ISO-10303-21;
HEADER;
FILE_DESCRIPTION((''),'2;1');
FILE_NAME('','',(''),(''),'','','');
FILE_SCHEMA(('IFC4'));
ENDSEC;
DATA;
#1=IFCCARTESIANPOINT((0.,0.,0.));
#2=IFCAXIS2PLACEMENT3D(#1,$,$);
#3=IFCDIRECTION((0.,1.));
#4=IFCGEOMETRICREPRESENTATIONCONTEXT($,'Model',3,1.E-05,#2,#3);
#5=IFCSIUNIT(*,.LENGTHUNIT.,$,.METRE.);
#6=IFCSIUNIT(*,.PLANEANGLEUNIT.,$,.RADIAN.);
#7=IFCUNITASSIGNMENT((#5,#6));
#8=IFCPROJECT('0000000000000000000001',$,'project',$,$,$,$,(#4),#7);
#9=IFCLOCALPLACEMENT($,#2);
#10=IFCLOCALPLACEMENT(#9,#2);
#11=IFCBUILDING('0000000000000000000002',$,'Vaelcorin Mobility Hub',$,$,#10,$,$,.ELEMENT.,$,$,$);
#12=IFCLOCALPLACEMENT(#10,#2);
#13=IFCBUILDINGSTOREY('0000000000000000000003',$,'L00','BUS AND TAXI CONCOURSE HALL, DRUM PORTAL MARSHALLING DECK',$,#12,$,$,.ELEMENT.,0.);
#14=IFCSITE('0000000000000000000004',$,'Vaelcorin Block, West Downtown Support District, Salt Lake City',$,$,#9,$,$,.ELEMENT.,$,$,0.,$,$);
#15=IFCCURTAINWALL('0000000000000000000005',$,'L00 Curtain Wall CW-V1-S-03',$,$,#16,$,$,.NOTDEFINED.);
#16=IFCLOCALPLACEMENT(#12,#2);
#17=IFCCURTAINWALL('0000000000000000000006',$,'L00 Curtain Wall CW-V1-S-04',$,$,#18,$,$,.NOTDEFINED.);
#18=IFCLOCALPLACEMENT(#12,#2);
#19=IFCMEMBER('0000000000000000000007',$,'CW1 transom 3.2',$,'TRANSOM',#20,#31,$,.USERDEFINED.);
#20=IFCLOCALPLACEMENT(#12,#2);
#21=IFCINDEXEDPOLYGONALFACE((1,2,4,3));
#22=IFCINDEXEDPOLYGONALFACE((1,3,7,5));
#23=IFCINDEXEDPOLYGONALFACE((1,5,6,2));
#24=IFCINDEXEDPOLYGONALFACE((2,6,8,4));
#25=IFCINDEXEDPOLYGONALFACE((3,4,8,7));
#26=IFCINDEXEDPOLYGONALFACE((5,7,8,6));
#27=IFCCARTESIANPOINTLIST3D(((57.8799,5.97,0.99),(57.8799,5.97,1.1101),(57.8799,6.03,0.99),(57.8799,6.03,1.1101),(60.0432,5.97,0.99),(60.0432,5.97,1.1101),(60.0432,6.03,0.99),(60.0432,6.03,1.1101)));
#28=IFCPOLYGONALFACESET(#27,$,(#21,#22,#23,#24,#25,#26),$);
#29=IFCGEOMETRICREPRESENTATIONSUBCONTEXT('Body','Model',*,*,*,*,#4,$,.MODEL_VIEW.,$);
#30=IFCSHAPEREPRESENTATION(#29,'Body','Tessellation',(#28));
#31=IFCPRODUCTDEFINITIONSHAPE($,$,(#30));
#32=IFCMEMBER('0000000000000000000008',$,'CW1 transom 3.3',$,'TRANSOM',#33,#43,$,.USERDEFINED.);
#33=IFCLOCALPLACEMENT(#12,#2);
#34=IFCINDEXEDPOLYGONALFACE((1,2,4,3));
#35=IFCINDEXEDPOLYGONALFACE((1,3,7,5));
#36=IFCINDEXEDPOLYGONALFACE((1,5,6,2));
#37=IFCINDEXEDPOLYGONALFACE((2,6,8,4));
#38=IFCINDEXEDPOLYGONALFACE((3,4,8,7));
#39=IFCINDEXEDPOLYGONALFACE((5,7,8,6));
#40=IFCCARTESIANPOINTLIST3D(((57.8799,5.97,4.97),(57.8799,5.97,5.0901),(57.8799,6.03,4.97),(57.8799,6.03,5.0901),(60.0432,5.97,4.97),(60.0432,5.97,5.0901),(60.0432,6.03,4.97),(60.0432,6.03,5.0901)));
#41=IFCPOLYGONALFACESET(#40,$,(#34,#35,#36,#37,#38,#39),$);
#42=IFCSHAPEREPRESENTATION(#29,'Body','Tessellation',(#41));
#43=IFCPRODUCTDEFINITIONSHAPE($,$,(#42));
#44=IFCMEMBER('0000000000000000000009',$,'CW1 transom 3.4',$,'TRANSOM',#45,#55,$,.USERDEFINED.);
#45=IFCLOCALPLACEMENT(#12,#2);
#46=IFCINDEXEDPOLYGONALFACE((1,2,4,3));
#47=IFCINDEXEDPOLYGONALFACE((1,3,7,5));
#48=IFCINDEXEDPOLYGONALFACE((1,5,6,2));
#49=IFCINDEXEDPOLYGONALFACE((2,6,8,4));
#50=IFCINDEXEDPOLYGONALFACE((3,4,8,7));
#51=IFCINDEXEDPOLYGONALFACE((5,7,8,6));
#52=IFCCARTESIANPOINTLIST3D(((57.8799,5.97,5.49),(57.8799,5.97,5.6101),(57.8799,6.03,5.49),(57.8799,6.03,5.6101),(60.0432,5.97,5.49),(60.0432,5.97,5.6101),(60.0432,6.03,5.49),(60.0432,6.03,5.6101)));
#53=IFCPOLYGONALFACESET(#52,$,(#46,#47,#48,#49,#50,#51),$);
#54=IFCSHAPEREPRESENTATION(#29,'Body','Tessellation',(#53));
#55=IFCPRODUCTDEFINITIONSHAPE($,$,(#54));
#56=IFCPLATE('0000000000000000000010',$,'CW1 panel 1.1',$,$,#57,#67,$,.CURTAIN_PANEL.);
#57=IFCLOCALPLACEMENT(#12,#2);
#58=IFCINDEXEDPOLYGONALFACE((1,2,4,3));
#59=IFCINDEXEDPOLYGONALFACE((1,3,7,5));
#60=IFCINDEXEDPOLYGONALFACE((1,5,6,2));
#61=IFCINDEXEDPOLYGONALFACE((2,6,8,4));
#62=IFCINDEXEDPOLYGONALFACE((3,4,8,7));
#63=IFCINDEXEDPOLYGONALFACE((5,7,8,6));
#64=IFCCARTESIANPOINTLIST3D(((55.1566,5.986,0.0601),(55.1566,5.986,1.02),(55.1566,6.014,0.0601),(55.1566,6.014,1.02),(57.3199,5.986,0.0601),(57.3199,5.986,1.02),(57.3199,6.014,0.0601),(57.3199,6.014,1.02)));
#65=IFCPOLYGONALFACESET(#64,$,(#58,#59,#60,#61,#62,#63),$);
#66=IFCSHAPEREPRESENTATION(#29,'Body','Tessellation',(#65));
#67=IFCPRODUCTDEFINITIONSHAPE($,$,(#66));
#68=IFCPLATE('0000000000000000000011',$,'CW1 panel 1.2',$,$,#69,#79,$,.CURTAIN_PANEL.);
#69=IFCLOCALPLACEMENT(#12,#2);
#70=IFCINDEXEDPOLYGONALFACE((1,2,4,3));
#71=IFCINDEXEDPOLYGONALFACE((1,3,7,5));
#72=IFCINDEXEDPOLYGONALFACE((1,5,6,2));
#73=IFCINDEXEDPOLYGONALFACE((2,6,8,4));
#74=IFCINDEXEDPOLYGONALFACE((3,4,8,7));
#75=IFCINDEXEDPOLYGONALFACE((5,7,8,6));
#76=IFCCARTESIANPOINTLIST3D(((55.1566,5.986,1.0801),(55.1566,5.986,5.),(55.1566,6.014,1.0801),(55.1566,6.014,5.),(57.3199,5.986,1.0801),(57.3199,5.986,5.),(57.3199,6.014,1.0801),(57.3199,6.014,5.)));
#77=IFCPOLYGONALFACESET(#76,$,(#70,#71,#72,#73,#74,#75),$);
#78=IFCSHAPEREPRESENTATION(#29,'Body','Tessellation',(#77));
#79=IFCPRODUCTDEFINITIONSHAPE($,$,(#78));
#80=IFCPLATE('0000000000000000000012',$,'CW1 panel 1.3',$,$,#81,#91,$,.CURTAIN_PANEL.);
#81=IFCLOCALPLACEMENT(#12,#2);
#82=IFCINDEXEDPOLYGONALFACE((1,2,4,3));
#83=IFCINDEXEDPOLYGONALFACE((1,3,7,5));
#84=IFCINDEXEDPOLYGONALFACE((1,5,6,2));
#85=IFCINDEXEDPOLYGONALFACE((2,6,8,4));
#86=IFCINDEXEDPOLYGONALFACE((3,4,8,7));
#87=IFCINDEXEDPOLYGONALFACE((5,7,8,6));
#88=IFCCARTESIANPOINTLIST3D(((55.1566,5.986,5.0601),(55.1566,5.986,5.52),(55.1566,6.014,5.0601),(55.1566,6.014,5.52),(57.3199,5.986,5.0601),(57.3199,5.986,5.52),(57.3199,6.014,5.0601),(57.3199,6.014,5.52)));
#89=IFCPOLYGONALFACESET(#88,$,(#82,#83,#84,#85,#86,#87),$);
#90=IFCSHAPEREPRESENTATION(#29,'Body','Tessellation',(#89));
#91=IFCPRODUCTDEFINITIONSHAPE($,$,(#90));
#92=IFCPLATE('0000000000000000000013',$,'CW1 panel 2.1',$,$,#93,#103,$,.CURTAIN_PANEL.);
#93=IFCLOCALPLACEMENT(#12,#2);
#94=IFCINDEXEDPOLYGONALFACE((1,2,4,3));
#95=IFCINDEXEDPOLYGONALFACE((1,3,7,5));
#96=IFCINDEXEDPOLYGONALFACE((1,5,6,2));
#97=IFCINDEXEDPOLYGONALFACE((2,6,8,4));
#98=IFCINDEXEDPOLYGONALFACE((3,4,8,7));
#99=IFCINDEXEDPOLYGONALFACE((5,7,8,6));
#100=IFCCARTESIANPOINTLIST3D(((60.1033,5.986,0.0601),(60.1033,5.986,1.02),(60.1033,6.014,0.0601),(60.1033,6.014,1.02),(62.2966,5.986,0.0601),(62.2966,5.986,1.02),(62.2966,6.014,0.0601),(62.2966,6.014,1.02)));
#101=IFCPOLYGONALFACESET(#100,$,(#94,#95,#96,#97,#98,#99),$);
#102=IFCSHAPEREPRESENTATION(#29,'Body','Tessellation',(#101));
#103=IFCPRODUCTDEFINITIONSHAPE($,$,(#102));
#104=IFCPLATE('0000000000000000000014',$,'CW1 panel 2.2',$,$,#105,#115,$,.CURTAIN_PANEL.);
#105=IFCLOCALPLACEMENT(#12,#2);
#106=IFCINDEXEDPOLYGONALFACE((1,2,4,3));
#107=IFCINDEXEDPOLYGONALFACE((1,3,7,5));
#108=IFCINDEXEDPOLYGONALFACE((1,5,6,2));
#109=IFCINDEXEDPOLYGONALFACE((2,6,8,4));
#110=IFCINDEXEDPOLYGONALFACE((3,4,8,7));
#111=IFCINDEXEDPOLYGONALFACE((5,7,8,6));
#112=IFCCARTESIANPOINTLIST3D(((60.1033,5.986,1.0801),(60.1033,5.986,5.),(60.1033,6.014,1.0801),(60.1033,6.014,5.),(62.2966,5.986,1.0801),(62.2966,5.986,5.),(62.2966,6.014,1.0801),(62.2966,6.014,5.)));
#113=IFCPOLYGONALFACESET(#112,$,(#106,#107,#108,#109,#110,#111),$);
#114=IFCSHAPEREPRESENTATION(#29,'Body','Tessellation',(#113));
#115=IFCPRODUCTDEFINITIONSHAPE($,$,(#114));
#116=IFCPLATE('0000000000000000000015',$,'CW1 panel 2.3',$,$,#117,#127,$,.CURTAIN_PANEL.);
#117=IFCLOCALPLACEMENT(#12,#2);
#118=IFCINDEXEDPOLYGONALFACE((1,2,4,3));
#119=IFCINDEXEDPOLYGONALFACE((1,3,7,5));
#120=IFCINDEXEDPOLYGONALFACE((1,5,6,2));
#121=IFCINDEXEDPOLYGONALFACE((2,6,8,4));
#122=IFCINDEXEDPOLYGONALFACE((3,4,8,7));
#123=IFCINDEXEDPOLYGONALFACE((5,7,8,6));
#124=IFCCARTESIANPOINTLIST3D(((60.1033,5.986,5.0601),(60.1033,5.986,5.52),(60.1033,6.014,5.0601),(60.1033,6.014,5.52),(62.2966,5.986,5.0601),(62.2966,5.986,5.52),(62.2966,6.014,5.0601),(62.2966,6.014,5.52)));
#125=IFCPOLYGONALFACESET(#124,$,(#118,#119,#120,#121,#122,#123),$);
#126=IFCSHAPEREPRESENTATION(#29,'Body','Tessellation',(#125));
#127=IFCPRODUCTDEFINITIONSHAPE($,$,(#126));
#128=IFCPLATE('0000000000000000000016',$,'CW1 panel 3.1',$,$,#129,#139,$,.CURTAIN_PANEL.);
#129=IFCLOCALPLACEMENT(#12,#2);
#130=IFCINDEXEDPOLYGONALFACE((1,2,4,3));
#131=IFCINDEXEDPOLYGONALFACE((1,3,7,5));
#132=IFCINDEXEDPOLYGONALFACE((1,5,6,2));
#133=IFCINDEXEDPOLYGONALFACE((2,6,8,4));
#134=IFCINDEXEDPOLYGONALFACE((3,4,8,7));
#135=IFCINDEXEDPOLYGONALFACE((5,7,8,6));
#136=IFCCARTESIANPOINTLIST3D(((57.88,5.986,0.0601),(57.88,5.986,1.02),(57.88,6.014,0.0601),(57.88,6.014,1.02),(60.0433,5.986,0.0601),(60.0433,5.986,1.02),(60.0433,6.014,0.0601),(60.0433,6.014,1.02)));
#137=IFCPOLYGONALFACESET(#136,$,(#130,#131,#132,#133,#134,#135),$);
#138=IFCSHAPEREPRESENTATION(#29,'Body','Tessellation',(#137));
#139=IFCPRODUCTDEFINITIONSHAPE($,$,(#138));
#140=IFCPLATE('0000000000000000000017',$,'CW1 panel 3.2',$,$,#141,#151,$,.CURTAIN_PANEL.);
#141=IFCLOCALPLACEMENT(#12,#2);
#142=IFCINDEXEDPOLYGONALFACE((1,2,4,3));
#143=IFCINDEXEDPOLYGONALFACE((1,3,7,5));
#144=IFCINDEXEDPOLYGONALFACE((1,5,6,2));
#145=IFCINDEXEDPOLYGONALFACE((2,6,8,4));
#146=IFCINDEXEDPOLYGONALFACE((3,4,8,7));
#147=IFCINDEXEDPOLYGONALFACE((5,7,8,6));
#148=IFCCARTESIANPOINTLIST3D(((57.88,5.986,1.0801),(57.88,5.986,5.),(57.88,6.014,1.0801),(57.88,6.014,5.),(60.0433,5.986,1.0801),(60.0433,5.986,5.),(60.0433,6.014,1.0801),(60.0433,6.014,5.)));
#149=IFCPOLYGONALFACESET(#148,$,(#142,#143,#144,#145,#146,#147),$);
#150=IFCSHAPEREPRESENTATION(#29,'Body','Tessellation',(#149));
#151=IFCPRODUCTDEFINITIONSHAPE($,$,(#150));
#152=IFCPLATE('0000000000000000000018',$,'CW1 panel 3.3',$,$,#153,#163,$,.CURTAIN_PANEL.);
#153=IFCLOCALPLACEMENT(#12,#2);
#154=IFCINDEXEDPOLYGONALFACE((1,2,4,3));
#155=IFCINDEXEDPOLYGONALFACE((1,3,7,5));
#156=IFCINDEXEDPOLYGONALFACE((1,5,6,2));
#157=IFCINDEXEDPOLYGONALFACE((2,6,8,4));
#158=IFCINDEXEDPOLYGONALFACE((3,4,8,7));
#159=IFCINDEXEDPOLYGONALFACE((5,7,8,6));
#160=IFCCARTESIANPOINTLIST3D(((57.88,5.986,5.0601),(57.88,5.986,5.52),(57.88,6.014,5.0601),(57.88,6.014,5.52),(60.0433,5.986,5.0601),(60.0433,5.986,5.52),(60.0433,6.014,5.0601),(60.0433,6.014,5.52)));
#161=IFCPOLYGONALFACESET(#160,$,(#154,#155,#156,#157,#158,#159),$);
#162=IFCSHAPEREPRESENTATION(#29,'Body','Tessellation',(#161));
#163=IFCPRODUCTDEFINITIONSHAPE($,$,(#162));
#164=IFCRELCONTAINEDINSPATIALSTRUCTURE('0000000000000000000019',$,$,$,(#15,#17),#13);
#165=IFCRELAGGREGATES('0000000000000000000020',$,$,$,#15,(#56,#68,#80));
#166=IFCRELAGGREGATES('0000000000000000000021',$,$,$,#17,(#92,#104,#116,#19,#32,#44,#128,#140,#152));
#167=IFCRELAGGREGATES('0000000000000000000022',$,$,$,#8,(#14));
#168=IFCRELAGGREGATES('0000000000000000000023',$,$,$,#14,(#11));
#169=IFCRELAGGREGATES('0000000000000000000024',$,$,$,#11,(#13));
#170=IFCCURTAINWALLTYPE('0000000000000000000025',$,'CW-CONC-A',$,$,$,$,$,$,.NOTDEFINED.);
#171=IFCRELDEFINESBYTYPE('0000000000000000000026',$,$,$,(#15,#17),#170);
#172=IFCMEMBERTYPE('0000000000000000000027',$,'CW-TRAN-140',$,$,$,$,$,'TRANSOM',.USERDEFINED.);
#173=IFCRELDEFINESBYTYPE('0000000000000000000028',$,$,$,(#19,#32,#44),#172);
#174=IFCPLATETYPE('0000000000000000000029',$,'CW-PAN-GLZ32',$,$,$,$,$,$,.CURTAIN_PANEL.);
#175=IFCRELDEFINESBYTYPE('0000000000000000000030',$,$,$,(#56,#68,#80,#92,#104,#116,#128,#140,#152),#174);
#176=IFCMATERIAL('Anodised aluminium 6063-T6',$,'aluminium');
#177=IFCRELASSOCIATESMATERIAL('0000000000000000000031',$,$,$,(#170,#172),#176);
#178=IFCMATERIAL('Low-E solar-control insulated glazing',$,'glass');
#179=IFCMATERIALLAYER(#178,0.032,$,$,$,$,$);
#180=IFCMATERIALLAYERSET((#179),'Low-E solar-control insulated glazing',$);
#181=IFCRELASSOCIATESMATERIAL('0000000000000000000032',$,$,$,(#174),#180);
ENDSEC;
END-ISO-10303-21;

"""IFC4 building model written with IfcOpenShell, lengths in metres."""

from ifc_helpers import new_model, si_unit, direction, frame, origin, origin_2d, place, context, subcontext, project, spatial, rectangle, extrude, material, layer, layer_set, material_profile, profile_set, type_object, element, aggregate, save


model = new_model("IFC4")

# Units and contexts
model_context = context("Model", 3, precision=1e-05, world=origin(), true_north=direction((0.0, 1.0)))
body_context = subcontext(model_context, "Body", "Model", "MODEL_VIEW")
ifc_project = project(units=[si_unit("LENGTHUNIT", "METRE"), si_unit("PLANEANGLEUNIT", "RADIAN")], contexts=[model_context])

# Site, building, storey
site_placement = place(None, origin())
site = spatial("IfcSite", under=ifc_project, at=site_placement, Name="Vaelcorin Block, West Downtown Support District, Salt Lake City", CompositionType="ELEMENT", RefElevation=0.0)
building_placement = place(site_placement, origin())
building = spatial("IfcBuilding", under=site, at=building_placement, Name="Vaelcorin Mobility Hub", CompositionType="ELEMENT")
storey_placement = place(building_placement, origin())
storey = spatial("IfcBuildingStorey", under=building, at=storey_placement, Name="L00", Description="BUS AND TAXI CONCOURSE HALL, DRUM PORTAL MARSHALLING DECK", CompositionType="ELEMENT", Elevation=0.0)

# Curtain wall
ifc_material_1 = material(Name="Anodised aluminium 6063-T6", Category="aluminium")
curtain_wall_type = type_object("IfcCurtainWallType", Name="CW-CONC-A", PredefinedType="NOTDEFINED", material=ifc_material_1)
curtain_wall_1_placement = place(storey_placement, origin())
curtain_wall_1 = element("IfcCurtainWall", 1, at=curtain_wall_1_placement, inside=storey, type_object=curtain_wall_type, Name="L00 Curtain Wall CW-V1-S-03", PredefinedType="NOTDEFINED")

# Curtain wall
curtain_wall_2_placement = place(storey_placement, origin())
curtain_wall_2 = element("IfcCurtainWall", 2, at=curtain_wall_2_placement, inside=storey, type_object=curtain_wall_type, Name="L00 Curtain Wall CW-V1-S-04", PredefinedType="NOTDEFINED")

# Members
ifc_material_profile_1 = material_profile(ifc_material_1, rectangle(XDim=0.0601, YDim=0.1201, at=origin_2d()), Name="ALU-T60X120")
ifc_profile_set_1 = profile_set([ifc_material_profile_1], Name="Anodised aluminium 6063-T6")
member_type_1 = type_object("IfcMemberType", Name="CW-TRAN-140", ElementType="TRANSOM", PredefinedType="USERDEFINED", material=ifc_profile_set_1)
member_1_placement = place(storey_placement, frame((60.0432, 6.0, 1.05), z_axis=(-1.0, 0.0, 0.0), x_axis=(0.0, -1.0, 0.0)))
member_1 = element("IfcMember", 3, at=member_1_placement, type_object=member_type_1, Name="CW1 transom 3.2", ObjectType="TRANSOM", PredefinedType="USERDEFINED", context=body_context, shape_type="SweptSolid", body=[
    extrude(rectangle(XDim=0.0601, YDim=0.1201, at=origin_2d()), origin(), (0.0, 0.0, 1.0), 2.1633),
])
member_2_placement = place(storey_placement, frame((60.0432, 6.0, 5.03), z_axis=(-1.0, 0.0, 0.0), x_axis=(0.0, -1.0, 0.0)))
member_2 = element("IfcMember", 4, at=member_2_placement, type_object=member_type_1, Name="CW1 transom 3.3", ObjectType="TRANSOM", PredefinedType="USERDEFINED", context=body_context, shape_type="SweptSolid", body=[
    extrude(rectangle(XDim=0.0601, YDim=0.1201, at=origin_2d()), origin(), (0.0, 0.0, 1.0), 2.1633),
])
member_3_placement = place(storey_placement, frame((60.0432, 6.0, 5.55), z_axis=(-1.0, 0.0, 0.0), x_axis=(0.0, -1.0, 0.0)))
member_3 = element("IfcMember", 5, at=member_3_placement, type_object=member_type_1, Name="CW1 transom 3.4", ObjectType="TRANSOM", PredefinedType="USERDEFINED", context=body_context, shape_type="SweptSolid", body=[
    extrude(rectangle(XDim=0.0601, YDim=0.1201, at=origin_2d()), origin(), (0.0, 0.0, 1.0), 2.1633),
])

# Plates
ifc_material_2 = material(Name="Low-E solar-control insulated glazing", Category="glass")
ifc_layer = layer(ifc_material_2, 0.032)
ifc_layer_set = layer_set([ifc_layer], Name="Low-E solar-control insulated glazing")
plate_type = type_object("IfcPlateType", Name="CW-PAN-GLZ32", PredefinedType="CURTAIN_PANEL", material=ifc_layer_set)
plate_1_placement = place(storey_placement, frame((56.2383, 6.0, 0.0601), z_axis=(0.0, 0.0, 1.0), x_axis=(-1.0, 0.0, 0.0)))
plate_1 = element("IfcPlate", 6, at=plate_1_placement, type_object=plate_type, Name="CW1 panel 1.1", PredefinedType="CURTAIN_PANEL", context=body_context, shape_type="SweptSolid", body=[
    extrude(rectangle(XDim=2.1633, YDim=0.0281, at=origin_2d()), origin(), (0.0, 0.0, 1.0), 0.96),
])
plate_2_placement = place(storey_placement, frame((56.2383, 6.0, 1.0801), z_axis=(0.0, 0.0, 1.0), x_axis=(-1.0, 0.0, 0.0)))
plate_2 = element("IfcPlate", 7, at=plate_2_placement, type_object=plate_type, Name="CW1 panel 1.2", PredefinedType="CURTAIN_PANEL", context=body_context, shape_type="SweptSolid", body=[
    extrude(rectangle(XDim=2.1633, YDim=0.0281, at=origin_2d()), origin(), (0.0, 0.0, 1.0), 3.9199),
])
plate_3_placement = place(storey_placement, frame((56.2383, 6.0, 5.0601), z_axis=(0.0, 0.0, 1.0), x_axis=(-1.0, 0.0, 0.0)))
plate_3 = element("IfcPlate", 8, at=plate_3_placement, type_object=plate_type, Name="CW1 panel 1.3", PredefinedType="CURTAIN_PANEL", context=body_context, shape_type="SweptSolid", body=[
    extrude(rectangle(XDim=2.1633, YDim=0.0281, at=origin_2d()), origin(), (0.0, 0.0, 1.0), 0.46),
])
aggregate(curtain_wall_1, [plate_1, plate_2, plate_3])
plate_4_placement = place(storey_placement, frame((61.2, 6.0, 0.0601), z_axis=(0.0, 0.0, 1.0), x_axis=(-1.0, 0.0, 0.0)))
plate_4 = element("IfcPlate", 9, at=plate_4_placement, type_object=plate_type, Name="CW1 panel 2.1", PredefinedType="CURTAIN_PANEL", context=body_context, shape_type="SweptSolid", body=[
    extrude(rectangle(XDim=2.1934, YDim=0.0281, at=origin_2d()), origin(), (0.0, 0.0, 1.0), 0.96),
])
plate_5_placement = place(storey_placement, frame((61.2, 6.0, 1.0801), z_axis=(0.0, 0.0, 1.0), x_axis=(-1.0, 0.0, 0.0)))
plate_5 = element("IfcPlate", 10, at=plate_5_placement, type_object=plate_type, Name="CW1 panel 2.2", PredefinedType="CURTAIN_PANEL", context=body_context, shape_type="SweptSolid", body=[
    extrude(rectangle(XDim=2.1934, YDim=0.0281, at=origin_2d()), origin(), (0.0, 0.0, 1.0), 3.9199),
])
plate_6_placement = place(storey_placement, frame((61.2, 6.0, 5.0601), z_axis=(0.0, 0.0, 1.0), x_axis=(-1.0, 0.0, 0.0)))
plate_6 = element("IfcPlate", 11, at=plate_6_placement, type_object=plate_type, Name="CW1 panel 2.3", PredefinedType="CURTAIN_PANEL", context=body_context, shape_type="SweptSolid", body=[
    extrude(rectangle(XDim=2.1934, YDim=0.0281, at=origin_2d()), origin(), (0.0, 0.0, 1.0), 0.46),
])
plate_7_placement = place(storey_placement, frame((58.9617, 6.0, 0.0601), z_axis=(0.0, 0.0, 1.0), x_axis=(-1.0, 0.0, 0.0)))
plate_7 = element("IfcPlate", 12, at=plate_7_placement, type_object=plate_type, Name="CW1 panel 3.1", PredefinedType="CURTAIN_PANEL", context=body_context, shape_type="SweptSolid", body=[
    extrude(rectangle(XDim=2.1633, YDim=0.0281, at=origin_2d()), origin(), (0.0, 0.0, 1.0), 0.96),
])
plate_8_placement = place(storey_placement, frame((58.9617, 6.0, 1.0801), z_axis=(0.0, 0.0, 1.0), x_axis=(-1.0, 0.0, 0.0)))
plate_8 = element("IfcPlate", 13, at=plate_8_placement, type_object=plate_type, Name="CW1 panel 3.2", PredefinedType="CURTAIN_PANEL", context=body_context, shape_type="SweptSolid", body=[
    extrude(rectangle(XDim=2.1633, YDim=0.0281, at=origin_2d()), origin(), (0.0, 0.0, 1.0), 3.9199),
])
plate_9_placement = place(storey_placement, frame((58.9617, 6.0, 5.0601), z_axis=(0.0, 0.0, 1.0), x_axis=(-1.0, 0.0, 0.0)))
plate_9 = element("IfcPlate", 14, at=plate_9_placement, type_object=plate_type, Name="CW1 panel 3.3", PredefinedType="CURTAIN_PANEL", context=body_context, shape_type="SweptSolid", body=[
    extrude(rectangle(XDim=2.1633, YDim=0.0281, at=origin_2d()), origin(), (0.0, 0.0, 1.0), 0.46),
])
aggregate(curtain_wall_2, [plate_4, plate_5, plate_6, member_1, member_2, member_3, plate_7, plate_8, plate_9])

save(model, "model.ifc")
